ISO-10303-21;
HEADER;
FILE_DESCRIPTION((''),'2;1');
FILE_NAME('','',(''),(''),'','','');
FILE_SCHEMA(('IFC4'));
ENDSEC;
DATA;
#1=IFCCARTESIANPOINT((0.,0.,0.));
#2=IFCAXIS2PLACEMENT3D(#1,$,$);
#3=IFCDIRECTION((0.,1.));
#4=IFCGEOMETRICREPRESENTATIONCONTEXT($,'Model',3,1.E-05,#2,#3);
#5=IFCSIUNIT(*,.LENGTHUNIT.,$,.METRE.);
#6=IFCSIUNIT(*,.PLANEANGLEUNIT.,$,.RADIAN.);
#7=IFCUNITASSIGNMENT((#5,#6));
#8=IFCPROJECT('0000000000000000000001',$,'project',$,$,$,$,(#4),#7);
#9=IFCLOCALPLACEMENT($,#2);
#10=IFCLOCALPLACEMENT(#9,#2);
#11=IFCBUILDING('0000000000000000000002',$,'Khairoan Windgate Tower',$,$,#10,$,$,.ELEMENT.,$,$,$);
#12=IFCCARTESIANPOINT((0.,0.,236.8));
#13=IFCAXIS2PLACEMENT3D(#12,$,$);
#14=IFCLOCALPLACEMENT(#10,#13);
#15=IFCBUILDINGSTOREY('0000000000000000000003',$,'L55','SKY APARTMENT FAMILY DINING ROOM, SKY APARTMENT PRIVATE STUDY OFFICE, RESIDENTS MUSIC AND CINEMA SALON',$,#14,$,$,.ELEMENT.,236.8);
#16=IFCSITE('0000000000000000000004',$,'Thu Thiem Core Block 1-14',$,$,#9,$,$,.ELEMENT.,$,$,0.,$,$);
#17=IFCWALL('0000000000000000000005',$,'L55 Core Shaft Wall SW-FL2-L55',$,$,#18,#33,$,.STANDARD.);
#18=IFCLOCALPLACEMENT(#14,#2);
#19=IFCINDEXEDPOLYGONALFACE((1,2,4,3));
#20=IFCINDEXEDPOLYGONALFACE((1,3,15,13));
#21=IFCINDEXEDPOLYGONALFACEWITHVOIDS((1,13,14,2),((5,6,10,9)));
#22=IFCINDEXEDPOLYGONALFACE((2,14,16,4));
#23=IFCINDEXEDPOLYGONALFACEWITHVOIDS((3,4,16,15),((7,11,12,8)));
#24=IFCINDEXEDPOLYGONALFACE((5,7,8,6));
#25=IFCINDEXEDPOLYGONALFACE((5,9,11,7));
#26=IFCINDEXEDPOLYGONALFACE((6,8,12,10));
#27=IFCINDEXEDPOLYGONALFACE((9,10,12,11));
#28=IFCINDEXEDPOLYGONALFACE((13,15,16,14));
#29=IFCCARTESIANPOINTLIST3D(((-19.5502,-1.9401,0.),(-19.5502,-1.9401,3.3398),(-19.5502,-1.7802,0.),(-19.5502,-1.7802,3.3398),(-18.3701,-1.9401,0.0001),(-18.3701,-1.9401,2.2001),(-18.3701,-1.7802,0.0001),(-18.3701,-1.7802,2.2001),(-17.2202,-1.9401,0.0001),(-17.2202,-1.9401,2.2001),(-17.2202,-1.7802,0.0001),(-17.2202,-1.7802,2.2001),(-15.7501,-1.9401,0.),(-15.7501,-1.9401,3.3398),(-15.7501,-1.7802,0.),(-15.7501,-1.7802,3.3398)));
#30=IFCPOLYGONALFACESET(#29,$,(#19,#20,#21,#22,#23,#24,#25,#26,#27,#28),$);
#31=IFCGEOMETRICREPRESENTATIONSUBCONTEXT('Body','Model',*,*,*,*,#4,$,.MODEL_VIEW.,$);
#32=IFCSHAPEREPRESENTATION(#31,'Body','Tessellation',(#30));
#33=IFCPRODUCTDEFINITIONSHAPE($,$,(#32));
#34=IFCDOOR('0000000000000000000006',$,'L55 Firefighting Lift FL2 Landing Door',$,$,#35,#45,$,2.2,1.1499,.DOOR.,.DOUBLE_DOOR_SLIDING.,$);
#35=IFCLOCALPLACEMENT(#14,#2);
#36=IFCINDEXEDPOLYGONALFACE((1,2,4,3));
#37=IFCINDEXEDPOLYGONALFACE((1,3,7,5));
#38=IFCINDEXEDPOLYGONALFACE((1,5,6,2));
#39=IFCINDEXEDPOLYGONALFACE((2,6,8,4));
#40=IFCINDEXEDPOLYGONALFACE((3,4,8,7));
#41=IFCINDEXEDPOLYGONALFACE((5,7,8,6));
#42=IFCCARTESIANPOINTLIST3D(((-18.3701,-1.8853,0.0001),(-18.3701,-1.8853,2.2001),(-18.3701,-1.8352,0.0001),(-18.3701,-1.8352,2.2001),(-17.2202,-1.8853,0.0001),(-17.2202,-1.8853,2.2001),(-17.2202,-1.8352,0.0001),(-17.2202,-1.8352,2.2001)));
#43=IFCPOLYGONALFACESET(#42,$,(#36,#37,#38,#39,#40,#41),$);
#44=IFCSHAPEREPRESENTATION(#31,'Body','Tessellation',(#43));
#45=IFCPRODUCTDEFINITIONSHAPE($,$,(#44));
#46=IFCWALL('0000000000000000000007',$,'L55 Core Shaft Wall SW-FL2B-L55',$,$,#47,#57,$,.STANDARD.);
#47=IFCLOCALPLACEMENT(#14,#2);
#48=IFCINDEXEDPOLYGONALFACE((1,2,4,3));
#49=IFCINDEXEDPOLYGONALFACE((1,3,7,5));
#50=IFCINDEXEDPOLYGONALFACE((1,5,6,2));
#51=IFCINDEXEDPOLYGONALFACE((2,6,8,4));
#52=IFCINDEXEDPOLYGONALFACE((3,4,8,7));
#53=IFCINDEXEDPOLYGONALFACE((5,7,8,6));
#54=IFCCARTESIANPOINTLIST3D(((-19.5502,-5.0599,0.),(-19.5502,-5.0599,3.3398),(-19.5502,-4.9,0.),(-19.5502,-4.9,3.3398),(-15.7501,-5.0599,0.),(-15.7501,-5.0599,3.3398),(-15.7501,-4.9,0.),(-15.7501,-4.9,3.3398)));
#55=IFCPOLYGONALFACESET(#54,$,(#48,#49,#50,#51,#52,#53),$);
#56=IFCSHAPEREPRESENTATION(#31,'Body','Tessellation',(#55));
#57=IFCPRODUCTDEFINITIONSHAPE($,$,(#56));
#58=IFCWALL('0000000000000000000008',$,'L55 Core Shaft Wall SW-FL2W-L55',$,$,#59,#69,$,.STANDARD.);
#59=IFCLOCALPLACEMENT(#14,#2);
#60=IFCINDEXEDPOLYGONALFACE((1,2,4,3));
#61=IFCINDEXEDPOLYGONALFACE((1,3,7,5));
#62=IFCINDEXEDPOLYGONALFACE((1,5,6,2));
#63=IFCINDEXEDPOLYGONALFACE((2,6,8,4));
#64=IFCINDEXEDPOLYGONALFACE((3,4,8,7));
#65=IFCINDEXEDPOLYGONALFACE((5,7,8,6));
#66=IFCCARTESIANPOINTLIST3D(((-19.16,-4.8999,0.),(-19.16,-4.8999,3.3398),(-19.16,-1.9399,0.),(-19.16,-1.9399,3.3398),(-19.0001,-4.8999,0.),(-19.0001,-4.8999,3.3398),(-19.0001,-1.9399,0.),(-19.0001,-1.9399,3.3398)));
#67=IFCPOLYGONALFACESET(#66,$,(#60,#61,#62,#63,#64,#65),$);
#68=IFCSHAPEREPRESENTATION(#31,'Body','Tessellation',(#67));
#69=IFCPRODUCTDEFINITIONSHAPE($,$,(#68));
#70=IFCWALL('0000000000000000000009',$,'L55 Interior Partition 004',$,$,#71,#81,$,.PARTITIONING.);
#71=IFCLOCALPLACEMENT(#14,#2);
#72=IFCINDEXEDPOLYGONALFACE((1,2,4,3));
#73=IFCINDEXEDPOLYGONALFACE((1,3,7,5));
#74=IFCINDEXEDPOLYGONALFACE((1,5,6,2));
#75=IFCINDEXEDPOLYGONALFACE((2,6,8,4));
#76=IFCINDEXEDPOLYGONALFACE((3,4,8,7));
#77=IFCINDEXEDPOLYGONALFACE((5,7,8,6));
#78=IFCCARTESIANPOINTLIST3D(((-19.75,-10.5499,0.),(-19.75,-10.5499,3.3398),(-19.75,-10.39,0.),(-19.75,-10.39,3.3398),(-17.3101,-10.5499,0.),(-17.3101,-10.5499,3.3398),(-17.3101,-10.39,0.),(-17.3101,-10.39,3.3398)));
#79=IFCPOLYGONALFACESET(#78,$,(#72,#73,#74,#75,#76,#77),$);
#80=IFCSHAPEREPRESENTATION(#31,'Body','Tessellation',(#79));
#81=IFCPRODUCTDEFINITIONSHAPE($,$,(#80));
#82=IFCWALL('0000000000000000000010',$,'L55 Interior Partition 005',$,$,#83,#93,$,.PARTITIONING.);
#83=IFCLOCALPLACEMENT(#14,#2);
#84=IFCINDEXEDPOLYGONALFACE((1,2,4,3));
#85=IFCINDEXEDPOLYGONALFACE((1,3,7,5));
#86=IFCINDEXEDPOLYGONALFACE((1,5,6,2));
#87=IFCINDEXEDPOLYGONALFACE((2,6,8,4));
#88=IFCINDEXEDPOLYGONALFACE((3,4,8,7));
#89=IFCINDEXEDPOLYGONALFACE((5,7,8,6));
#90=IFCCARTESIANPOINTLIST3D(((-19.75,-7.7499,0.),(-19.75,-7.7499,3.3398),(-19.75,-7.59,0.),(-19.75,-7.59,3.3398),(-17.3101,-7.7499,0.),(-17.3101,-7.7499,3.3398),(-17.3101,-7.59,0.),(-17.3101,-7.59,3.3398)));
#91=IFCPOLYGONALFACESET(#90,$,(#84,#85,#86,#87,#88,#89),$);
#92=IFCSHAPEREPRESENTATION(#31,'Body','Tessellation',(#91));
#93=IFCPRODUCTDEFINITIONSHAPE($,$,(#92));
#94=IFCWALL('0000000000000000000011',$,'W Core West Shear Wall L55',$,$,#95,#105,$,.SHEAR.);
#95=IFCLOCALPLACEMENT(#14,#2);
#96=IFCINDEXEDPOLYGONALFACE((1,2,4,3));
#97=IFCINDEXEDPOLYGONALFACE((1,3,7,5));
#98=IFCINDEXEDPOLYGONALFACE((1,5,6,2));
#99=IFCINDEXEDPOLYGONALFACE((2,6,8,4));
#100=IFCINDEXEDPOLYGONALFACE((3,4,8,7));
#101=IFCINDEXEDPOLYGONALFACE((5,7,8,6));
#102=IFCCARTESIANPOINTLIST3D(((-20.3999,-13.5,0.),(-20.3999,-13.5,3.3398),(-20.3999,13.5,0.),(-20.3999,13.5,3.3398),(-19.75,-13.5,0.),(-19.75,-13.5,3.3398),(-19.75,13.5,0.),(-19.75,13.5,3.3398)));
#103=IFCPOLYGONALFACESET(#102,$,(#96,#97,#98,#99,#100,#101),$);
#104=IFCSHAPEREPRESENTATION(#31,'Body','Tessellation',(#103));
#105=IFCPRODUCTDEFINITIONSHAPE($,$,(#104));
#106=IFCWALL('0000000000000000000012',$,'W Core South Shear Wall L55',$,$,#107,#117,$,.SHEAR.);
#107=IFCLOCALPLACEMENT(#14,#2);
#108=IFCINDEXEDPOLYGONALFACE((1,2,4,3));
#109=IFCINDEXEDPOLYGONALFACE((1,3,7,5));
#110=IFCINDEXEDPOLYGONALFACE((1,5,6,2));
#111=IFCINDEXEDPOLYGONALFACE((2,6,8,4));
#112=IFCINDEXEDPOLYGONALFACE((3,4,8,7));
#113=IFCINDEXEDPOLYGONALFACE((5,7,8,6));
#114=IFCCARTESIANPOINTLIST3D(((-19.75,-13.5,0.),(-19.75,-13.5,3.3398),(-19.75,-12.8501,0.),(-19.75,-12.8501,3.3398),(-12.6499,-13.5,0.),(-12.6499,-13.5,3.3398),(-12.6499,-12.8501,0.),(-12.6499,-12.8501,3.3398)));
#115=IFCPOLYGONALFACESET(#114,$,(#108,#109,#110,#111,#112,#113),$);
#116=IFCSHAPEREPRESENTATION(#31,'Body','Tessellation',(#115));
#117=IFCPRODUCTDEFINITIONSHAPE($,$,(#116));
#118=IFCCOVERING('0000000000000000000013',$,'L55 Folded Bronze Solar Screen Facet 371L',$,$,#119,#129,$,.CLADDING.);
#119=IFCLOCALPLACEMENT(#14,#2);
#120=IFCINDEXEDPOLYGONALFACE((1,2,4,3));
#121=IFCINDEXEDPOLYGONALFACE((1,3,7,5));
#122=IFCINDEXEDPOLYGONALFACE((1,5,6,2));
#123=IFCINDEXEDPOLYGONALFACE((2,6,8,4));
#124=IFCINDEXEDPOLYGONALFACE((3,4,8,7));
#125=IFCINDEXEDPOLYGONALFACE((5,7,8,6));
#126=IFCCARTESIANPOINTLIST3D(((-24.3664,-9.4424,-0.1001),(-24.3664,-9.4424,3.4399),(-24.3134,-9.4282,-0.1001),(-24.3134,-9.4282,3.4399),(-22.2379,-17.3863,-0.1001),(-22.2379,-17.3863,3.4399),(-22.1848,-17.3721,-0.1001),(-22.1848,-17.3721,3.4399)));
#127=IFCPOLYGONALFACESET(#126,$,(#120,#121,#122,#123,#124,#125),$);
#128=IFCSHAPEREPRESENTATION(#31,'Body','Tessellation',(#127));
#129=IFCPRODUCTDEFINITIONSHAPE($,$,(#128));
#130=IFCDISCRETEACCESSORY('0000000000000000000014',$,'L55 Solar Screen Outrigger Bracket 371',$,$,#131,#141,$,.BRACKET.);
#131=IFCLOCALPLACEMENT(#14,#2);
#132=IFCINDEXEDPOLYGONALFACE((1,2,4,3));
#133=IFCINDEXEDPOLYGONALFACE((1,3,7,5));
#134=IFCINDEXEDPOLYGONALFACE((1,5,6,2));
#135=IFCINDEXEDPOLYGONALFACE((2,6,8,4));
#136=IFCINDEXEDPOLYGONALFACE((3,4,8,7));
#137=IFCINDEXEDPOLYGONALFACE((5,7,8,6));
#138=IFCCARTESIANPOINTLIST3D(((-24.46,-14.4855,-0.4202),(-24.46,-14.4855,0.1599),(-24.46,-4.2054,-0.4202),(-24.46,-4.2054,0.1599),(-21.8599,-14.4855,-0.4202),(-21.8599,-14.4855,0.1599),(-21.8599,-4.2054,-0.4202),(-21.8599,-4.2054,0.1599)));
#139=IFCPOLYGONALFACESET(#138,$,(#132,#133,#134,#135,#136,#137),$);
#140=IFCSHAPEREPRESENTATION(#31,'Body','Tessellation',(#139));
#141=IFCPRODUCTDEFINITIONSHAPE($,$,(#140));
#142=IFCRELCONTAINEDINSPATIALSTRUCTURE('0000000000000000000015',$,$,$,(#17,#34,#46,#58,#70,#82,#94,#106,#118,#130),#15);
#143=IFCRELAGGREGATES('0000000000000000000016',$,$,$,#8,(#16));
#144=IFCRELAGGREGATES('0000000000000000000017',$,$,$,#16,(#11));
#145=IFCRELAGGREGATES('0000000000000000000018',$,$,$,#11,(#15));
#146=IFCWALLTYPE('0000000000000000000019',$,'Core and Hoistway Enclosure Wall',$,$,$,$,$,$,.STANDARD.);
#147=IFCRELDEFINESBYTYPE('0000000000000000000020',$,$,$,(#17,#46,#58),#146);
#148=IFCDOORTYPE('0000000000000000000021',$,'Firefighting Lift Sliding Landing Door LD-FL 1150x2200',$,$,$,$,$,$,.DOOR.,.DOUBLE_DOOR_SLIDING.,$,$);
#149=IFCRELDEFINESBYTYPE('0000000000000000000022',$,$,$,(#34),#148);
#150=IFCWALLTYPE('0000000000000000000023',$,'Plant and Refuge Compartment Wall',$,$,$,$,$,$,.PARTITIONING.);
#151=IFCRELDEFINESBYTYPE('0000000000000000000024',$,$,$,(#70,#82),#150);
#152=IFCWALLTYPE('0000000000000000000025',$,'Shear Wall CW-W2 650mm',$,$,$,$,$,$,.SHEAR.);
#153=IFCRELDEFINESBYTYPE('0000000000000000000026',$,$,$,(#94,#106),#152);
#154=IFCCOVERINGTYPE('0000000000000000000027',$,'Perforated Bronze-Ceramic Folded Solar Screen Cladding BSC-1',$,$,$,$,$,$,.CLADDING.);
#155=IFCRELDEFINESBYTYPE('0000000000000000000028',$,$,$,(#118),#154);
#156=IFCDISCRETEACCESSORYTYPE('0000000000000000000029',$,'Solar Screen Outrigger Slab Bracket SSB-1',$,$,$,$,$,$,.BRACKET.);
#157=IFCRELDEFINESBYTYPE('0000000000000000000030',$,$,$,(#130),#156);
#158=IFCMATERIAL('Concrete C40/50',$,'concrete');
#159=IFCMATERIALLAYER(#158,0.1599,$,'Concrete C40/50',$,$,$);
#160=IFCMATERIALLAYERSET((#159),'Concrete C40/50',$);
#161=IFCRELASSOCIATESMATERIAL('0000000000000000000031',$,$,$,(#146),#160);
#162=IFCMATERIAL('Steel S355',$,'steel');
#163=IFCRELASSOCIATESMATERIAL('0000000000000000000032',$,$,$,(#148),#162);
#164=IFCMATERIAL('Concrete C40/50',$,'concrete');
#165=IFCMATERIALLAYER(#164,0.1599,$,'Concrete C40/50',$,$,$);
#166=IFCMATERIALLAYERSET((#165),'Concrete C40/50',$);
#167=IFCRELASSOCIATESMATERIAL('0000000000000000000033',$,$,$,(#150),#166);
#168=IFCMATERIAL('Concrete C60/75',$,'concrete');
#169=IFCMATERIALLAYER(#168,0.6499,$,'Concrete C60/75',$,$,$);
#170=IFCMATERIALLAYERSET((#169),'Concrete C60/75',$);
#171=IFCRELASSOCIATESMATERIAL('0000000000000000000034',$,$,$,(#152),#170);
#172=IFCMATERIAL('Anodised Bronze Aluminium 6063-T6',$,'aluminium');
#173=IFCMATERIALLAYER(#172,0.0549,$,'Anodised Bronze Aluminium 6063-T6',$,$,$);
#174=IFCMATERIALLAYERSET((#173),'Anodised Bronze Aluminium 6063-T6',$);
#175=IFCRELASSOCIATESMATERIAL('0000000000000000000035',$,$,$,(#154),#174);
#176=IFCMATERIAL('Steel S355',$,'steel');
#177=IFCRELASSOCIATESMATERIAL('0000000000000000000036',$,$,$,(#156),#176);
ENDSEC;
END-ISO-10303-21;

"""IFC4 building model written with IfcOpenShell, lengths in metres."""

from ifc_helpers import new_model, si_unit, direction, frame, frame_2d, origin, origin_2d, place, context, subcontext, project, spatial, rectangle, extrude, material, layer, layer_set, type_object, element, fill, save


model = new_model("IFC4")

# Units and contexts
model_context = context("Model", 3, precision=1e-05, world=origin(), true_north=direction((0.0, 1.0)))
body_context = subcontext(model_context, "Body", "Model", "MODEL_VIEW")
ifc_project = project(units=[si_unit("LENGTHUNIT", "METRE"), si_unit("PLANEANGLEUNIT", "RADIAN")], contexts=[model_context])

# Site, building, storey
site_placement = place(None, origin())
site = spatial("IfcSite", under=ifc_project, at=site_placement, Name="Thu Thiem Core Block 1-14", CompositionType="ELEMENT", RefElevation=0.0)
building_placement = place(site_placement, origin())
building = spatial("IfcBuilding", under=site, at=building_placement, Name="Khairoan Windgate Tower", CompositionType="ELEMENT")
storey_placement = place(building_placement, frame((0.0, 0.0, 236.8)))
storey = spatial("IfcBuildingStorey", under=building, at=storey_placement, Name="L55", Description="SKY APARTMENT FAMILY DINING ROOM, SKY APARTMENT PRIVATE STUDY OFFICE, RESIDENTS MUSIC AND CINEMA SALON", CompositionType="ELEMENT", Elevation=236.8)

# Wall, opening, door
ifc_material_1 = material(Name="Concrete C40/50", Category="concrete")
ifc_layer_1 = layer(ifc_material_1, 0.1599, Name="Concrete C40/50")
ifc_layer_set_1 = layer_set([ifc_layer_1], Name="Concrete C40/50")
wall_type_1 = type_object("IfcWallType", Name="Core and Hoistway Enclosure Wall", PredefinedType="STANDARD", material=ifc_layer_set_1)
wall_1_placement = place(storey_placement, frame((-19.55, -1.8601, 0.0), z_axis=(0.0, 0.0, 1.0), x_axis=(1.0, 0.0, 0.0)))
wall_1 = element("IfcWall", 1, at=wall_1_placement, inside=storey, type_object=wall_type_1, Name="L55 Core Shaft Wall SW-FL2-L55", PredefinedType="STANDARD", context=body_context, shape_type="SweptSolid", body=[
    extrude(rectangle(XDim=3.8, YDim=0.1599, at=frame_2d((1.8999, 0.0))), origin(), (0.0, 0.0, 1.0), 3.3398),
])
opening_placement = place(wall_1_placement, frame((1.1799, 0.0, 0.0)))
opening = element("IfcOpeningElement", 2, at=opening_placement, cuts=wall_1, PredefinedType="OPENING", context=body_context, shape_type="SweptSolid", body=[
    extrude(rectangle(XDim=1.1499, YDim=2.2, at=frame_2d((0.575, 1.1001))), frame((0.0, 0.0898, 0.0), z_axis=(0.0, -1.0, 0.0), x_axis=(1.0, 0.0, 0.0)), (0.0, 0.0, 1.0), 0.1799),
])
ifc_material_2 = material(Name="Steel S355", Category="steel")
door_type = type_object("IfcDoorType", Name="Firefighting Lift Sliding Landing Door LD-FL 1150x2200", OperationType="DOUBLE_DOOR_SLIDING", PredefinedType="DOOR", material=ifc_material_2)
door_placement = place(opening_placement, origin())
door = element("IfcDoor", 3, at=door_placement, inside=storey, type_object=door_type, Name="L55 Firefighting Lift FL2 Landing Door", OperationType="DOUBLE_DOOR_SLIDING", OverallHeight=2.2, OverallWidth=1.1499, PredefinedType="DOOR", context=body_context, shape_type="SweptSolid", body=[
    extrude(rectangle(XDim=1.1499, YDim=2.2, at=frame_2d((0.575, 1.1001))), frame((0.0, 0.0249, 0.0), z_axis=(0.0, -1.0, 0.0), x_axis=(1.0, 0.0, 0.0)), (0.0, 0.0, 1.0), 0.05),
])
fill(opening, door)

# Walls
wall_2_placement = place(storey_placement, frame((-19.55, -4.98, 0.0), z_axis=(0.0, 0.0, 1.0), x_axis=(1.0, 0.0, 0.0)))
element("IfcWall", 4, at=wall_2_placement, inside=storey, type_object=wall_type_1, Name="L55 Core Shaft Wall SW-FL2B-L55", PredefinedType="STANDARD", context=body_context, shape_type="SweptSolid", body=[
    extrude(rectangle(XDim=3.8, YDim=0.1599, at=frame_2d((1.8999, 0.0))), origin(), (0.0, 0.0, 1.0), 3.3398),
])
wall_3_placement = place(storey_placement, frame((-19.0801, -4.8999, 0.0), z_axis=(0.0, 0.0, 1.0), x_axis=(0.0, 1.0, 0.0)))
element("IfcWall", 5, at=wall_3_placement, inside=storey, type_object=wall_type_1, Name="L55 Core Shaft Wall SW-FL2W-L55", PredefinedType="STANDARD", context=body_context, shape_type="SweptSolid", body=[
    extrude(rectangle(XDim=2.96, YDim=0.1599, at=frame_2d((1.48, 0.0))), origin(), (0.0, 0.0, 1.0), 3.3398),
])
ifc_material_3 = material(Name="Concrete C40/50", Category="concrete")
ifc_layer_2 = layer(ifc_material_3, 0.1599, Name="Concrete C40/50")
ifc_layer_set_2 = layer_set([ifc_layer_2], Name="Concrete C40/50")
wall_type_2 = type_object("IfcWallType", Name="Plant and Refuge Compartment Wall", PredefinedType="PARTITIONING", material=ifc_layer_set_2)
for number, where, z_axis, x_axis, name in (
    (6, (-19.75, -10.47, 0.0), (0.0, 0.0, 1.0), (1.0, 0.0, 0.0), "L55 Interior Partition 004"),
    (7, (-19.75, -7.6699, 0.0), (0.0, 0.0, 1.0), (1.0, 0.0, 0.0), "L55 Interior Partition 005"),
):
    element("IfcWall", number, at=place(storey_placement, frame(where, z_axis=z_axis, x_axis=x_axis)), inside=storey, type_object=wall_type_2, Name=name, PredefinedType="PARTITIONING", context=body_context, shape_type="SweptSolid", body=[
        extrude(rectangle(XDim=2.4399, YDim=0.1599, at=frame_2d((1.22, 0.0))), origin(), (0.0, 0.0, 1.0), 3.3398),
    ])
ifc_material_4 = material(Name="Concrete C60/75", Category="concrete")
ifc_layer_3 = layer(ifc_material_4, 0.6499, Name="Concrete C60/75")
ifc_layer_set_3 = layer_set([ifc_layer_3], Name="Concrete C60/75")
wall_type_3 = type_object("IfcWallType", Name="Shear Wall CW-W2 650mm", PredefinedType="SHEAR", material=ifc_layer_set_3)
wall_4_placement = place(storey_placement, frame((-20.075, -13.5, 0.0), z_axis=(0.0, 0.0, 1.0), x_axis=(0.0, 1.0, 0.0)))
element("IfcWall", 8, at=wall_4_placement, inside=storey, type_object=wall_type_3, Name="W Core West Shear Wall L55", PredefinedType="SHEAR", context=body_context, shape_type="SweptSolid", body=[
    extrude(rectangle(XDim=27.0, YDim=0.6499, at=frame_2d((13.5, 0.0))), origin(), (0.0, 0.0, 1.0), 3.3398),
])
wall_5_placement = place(storey_placement, frame((-19.75, -13.175, 0.0), z_axis=(0.0, 0.0, 1.0), x_axis=(1.0, 0.0, 0.0)))
element("IfcWall", 9, at=wall_5_placement, inside=storey, type_object=wall_type_3, Name="W Core South Shear Wall L55", PredefinedType="SHEAR", context=body_context, shape_type="SweptSolid", body=[
    extrude(rectangle(XDim=7.1001, YDim=0.6499, at=frame_2d((3.55, 0.0))), origin(), (0.0, 0.0, 1.0), 3.3398),
])

# Covering
ifc_material_5 = material(Name="Anodised Bronze Aluminium 6063-T6", Category="aluminium")
ifc_layer_4 = layer(ifc_material_5, 0.0549, Name="Anodised Bronze Aluminium 6063-T6")
ifc_layer_set_4 = layer_set([ifc_layer_4], Name="Anodised Bronze Aluminium 6063-T6")
covering_type = type_object("IfcCoveringType", Name="Perforated Bronze-Ceramic Folded Solar Screen Cladding BSC-1", PredefinedType="CLADDING", material=ifc_layer_set_4)
covering_placement = place(storey_placement, frame((-23.2756, -13.4072, -0.1001), z_axis=(0.0, 0.0, 1.0), x_axis=(-0.258819, 0.965926, 0.0)))
element("IfcCovering", 10, at=covering_placement, inside=storey, type_object=covering_type, Name="L55 Folded Bronze Solar Screen Facet 371L", PredefinedType="CLADDING", context=body_context, shape_type="SweptSolid", body=[
    extrude(rectangle(XDim=8.2241, YDim=0.0549, at=origin_2d()), origin(), (0.0, 0.0, 1.0), 3.54),
])

# Discrete accessory
ifc_material_6 = material(Name="Steel S355", Category="steel")
discrete_accessory_type = type_object("IfcDiscreteAccessoryType", Name="Solar Screen Outrigger Slab Bracket SSB-1", PredefinedType="BRACKET", material=ifc_material_6)
discrete_accessory_placement = place(storey_placement, frame((-23.1599, -9.3455, -0.4202), z_axis=(0.0, 0.0, 1.0), x_axis=(0.0, 1.0, 0.0)))
element("IfcDiscreteAccessory", 11, at=discrete_accessory_placement, inside=storey, type_object=discrete_accessory_type, Name="L55 Solar Screen Outrigger Bracket 371", PredefinedType="BRACKET", context=body_context, shape_type="SweptSolid", body=[
    extrude(rectangle(XDim=10.28, YDim=2.6001, at=origin_2d()), origin(), (0.0, 0.0, 1.0), 0.5801),
])

save(model, "model.ifc")
